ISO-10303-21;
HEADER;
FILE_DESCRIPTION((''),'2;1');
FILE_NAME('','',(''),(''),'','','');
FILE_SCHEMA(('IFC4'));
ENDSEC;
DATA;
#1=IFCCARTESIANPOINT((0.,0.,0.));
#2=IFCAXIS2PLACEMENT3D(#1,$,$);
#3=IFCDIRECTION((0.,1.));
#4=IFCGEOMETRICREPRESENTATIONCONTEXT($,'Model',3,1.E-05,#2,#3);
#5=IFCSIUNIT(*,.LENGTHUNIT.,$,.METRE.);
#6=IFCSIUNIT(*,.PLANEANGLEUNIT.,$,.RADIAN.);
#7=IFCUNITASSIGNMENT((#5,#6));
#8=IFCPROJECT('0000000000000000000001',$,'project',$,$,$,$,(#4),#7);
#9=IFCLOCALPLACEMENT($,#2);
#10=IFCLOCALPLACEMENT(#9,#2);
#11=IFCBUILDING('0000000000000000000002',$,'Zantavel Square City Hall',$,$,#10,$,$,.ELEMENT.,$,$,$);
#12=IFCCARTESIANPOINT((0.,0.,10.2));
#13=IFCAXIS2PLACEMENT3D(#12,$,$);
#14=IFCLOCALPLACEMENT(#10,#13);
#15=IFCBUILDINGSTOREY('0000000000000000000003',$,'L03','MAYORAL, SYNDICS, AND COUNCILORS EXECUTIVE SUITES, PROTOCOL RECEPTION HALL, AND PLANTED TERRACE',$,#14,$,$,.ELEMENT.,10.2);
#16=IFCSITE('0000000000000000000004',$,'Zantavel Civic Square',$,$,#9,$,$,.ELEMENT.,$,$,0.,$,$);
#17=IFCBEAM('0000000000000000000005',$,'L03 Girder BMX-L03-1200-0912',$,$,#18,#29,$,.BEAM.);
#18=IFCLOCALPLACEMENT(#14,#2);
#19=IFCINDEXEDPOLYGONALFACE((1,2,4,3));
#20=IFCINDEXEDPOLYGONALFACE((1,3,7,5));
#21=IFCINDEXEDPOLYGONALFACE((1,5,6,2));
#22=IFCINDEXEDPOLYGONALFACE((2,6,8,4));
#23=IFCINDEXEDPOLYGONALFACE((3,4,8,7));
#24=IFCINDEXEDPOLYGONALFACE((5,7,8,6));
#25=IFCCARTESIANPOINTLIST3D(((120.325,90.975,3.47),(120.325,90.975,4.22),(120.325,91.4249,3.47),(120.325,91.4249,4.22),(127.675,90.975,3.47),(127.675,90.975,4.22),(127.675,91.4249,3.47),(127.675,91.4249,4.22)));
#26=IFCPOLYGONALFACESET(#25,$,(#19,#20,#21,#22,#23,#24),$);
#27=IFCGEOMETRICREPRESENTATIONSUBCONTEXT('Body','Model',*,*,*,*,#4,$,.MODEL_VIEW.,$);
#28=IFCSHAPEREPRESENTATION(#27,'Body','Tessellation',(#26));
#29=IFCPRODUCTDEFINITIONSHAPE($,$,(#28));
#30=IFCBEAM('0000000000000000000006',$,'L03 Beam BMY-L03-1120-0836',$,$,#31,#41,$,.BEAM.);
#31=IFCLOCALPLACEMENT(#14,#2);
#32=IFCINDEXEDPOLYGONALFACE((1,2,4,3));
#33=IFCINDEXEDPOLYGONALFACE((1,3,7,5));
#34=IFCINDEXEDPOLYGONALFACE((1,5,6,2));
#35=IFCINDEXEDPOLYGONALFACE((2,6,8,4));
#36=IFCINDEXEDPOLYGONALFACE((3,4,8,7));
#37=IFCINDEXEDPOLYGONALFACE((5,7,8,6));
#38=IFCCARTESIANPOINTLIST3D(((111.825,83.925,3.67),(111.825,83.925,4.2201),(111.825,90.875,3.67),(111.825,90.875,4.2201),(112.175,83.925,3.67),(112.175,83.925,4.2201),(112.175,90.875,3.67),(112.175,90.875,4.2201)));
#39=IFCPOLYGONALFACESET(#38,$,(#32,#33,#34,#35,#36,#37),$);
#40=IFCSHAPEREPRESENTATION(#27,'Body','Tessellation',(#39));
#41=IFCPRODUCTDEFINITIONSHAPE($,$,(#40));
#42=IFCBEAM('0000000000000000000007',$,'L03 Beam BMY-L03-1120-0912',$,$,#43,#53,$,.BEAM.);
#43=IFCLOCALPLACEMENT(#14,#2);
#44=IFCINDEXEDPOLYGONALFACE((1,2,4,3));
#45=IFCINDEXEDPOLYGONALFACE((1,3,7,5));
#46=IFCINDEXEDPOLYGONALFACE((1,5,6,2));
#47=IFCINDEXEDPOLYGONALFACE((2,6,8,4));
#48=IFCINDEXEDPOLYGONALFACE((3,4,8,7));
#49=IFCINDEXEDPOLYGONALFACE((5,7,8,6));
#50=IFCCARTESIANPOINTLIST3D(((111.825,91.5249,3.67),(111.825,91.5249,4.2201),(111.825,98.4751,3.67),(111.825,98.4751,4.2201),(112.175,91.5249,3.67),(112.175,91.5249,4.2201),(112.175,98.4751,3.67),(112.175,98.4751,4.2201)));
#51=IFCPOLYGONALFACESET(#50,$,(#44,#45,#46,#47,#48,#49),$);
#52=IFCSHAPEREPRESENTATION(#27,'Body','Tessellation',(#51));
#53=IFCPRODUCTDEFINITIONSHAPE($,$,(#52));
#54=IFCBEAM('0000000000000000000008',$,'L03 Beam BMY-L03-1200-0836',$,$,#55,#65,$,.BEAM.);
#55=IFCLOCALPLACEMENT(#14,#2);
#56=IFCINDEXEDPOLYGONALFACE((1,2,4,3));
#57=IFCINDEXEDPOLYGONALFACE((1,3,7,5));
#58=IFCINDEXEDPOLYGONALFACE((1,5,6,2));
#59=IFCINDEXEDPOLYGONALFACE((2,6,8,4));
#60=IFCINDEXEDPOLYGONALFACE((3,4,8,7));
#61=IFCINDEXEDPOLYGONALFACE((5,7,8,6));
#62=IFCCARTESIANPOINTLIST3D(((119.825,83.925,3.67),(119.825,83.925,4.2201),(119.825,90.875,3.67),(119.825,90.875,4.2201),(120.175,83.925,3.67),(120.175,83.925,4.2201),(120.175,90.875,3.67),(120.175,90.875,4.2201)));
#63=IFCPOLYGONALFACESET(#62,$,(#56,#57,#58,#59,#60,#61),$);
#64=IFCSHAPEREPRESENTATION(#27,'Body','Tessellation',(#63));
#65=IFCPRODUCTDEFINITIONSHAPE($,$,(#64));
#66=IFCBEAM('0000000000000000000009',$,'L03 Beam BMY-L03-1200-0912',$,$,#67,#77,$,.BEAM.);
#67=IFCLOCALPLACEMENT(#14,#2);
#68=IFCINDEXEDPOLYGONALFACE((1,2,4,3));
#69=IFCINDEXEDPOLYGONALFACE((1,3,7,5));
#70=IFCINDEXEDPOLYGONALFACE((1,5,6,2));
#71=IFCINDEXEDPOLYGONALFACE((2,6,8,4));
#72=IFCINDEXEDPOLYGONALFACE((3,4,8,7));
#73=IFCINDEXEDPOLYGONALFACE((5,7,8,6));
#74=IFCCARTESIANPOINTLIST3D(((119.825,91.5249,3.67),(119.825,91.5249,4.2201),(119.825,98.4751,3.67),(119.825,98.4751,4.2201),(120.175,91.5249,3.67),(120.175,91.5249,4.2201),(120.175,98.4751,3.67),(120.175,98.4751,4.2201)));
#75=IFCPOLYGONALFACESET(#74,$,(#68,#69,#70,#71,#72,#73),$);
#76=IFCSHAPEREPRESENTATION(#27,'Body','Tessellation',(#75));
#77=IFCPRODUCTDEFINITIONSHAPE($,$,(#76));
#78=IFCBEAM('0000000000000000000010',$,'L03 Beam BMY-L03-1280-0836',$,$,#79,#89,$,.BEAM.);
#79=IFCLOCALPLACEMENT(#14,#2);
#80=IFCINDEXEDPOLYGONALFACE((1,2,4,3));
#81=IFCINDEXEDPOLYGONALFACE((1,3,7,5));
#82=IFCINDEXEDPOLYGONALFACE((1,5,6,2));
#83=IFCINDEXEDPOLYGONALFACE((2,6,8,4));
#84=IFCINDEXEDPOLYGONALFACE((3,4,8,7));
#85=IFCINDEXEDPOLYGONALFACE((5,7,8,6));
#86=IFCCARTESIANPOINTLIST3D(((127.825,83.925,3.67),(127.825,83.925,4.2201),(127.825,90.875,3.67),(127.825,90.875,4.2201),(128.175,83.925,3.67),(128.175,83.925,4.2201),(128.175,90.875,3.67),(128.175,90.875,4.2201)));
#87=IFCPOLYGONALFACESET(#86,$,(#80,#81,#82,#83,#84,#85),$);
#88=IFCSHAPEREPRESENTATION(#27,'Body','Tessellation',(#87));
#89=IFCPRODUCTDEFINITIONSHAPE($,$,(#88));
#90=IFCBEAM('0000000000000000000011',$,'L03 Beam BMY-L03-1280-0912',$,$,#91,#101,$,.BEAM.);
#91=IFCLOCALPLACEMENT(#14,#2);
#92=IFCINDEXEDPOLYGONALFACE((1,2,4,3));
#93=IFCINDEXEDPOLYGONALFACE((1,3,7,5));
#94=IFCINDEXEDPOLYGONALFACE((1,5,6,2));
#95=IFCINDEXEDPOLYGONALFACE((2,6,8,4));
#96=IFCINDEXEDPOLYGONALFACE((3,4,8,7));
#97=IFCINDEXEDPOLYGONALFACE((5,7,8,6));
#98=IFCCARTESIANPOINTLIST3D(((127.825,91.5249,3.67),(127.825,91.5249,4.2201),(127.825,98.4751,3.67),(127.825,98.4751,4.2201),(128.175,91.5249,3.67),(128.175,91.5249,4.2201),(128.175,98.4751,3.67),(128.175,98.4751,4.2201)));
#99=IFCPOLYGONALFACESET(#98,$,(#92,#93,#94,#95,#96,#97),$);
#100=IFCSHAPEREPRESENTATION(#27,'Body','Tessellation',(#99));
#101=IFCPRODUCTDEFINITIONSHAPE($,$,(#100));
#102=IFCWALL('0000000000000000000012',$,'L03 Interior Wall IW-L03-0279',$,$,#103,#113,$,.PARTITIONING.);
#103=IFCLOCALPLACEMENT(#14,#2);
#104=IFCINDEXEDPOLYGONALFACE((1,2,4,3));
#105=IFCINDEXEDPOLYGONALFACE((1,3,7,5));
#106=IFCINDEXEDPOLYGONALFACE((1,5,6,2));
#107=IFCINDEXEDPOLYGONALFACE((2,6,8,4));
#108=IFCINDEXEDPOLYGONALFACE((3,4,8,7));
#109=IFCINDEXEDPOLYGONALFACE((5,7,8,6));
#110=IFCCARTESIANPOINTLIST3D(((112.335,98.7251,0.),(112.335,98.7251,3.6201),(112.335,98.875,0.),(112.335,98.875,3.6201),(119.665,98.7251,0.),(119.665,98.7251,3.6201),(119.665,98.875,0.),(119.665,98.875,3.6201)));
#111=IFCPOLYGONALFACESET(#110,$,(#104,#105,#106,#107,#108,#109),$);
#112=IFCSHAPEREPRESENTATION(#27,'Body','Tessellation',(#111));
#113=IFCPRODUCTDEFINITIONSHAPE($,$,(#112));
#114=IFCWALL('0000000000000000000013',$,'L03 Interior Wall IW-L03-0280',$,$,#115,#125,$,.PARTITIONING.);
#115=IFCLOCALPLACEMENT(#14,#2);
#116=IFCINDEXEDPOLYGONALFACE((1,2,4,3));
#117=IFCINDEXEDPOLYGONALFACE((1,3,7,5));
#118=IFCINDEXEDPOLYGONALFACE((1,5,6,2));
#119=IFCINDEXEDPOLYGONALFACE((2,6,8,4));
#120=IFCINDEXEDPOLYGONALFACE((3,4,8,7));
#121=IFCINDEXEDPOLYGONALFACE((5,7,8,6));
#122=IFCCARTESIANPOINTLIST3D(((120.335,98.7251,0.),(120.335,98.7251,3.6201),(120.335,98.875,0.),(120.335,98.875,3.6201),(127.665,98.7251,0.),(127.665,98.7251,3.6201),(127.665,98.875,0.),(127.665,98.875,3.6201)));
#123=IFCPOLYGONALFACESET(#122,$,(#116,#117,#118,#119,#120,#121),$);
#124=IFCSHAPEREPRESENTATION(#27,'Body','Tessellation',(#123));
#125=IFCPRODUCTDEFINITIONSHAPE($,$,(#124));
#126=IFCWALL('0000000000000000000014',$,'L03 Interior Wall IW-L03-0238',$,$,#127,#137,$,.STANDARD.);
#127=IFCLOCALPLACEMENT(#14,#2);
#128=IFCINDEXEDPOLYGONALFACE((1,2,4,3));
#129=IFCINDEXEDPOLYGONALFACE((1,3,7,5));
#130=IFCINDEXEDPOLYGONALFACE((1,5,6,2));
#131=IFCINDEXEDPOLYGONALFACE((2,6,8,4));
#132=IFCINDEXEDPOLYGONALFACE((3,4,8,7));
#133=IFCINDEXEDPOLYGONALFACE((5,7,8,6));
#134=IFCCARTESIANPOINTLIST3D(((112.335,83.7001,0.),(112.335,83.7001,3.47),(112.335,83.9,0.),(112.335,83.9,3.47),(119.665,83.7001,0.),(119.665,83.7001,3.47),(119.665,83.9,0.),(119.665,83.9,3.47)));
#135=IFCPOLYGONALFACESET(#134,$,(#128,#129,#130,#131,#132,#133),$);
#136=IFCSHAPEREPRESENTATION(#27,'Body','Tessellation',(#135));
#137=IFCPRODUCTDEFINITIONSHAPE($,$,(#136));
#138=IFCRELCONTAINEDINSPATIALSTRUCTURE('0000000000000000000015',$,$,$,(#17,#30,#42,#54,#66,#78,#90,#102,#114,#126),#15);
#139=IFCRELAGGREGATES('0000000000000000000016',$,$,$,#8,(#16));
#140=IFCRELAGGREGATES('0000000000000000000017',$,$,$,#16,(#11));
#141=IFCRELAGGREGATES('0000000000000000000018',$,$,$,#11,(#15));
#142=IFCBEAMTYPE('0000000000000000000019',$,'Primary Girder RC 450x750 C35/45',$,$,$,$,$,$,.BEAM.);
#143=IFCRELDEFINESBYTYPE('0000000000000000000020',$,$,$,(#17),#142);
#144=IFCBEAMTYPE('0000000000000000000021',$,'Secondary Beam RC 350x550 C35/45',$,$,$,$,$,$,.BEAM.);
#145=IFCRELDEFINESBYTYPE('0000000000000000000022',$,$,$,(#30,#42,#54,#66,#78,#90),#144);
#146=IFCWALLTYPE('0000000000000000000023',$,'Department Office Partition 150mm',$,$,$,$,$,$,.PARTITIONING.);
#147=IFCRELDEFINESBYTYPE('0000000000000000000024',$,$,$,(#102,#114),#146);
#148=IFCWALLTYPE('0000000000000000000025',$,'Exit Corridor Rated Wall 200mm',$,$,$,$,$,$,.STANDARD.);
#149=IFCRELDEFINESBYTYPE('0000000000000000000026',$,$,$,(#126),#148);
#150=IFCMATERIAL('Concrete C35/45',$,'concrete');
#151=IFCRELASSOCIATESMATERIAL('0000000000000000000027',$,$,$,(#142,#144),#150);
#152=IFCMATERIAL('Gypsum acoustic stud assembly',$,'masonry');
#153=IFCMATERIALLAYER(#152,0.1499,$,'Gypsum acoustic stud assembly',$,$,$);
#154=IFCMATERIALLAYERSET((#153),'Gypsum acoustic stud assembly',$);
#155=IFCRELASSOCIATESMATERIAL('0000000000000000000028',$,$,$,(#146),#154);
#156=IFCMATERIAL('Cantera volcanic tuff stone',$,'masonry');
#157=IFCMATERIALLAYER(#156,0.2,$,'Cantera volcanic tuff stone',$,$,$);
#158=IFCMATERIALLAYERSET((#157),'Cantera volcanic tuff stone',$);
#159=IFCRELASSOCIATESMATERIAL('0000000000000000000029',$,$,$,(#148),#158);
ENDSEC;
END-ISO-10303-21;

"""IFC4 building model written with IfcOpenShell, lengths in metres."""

from ifc_helpers import new_model, si_unit, direction, frame, frame_2d, origin, origin_2d, place, context, subcontext, project, spatial, rectangle, extrude, material, layer, layer_set, material_profile, profile_set, type_object, element, save


model = new_model("IFC4")

# Units and contexts
model_context = context("Model", 3, precision=1e-05, world=origin(), true_north=direction((0.0, 1.0)))
body_context = subcontext(model_context, "Body", "Model", "MODEL_VIEW")
ifc_project = project(units=[si_unit("LENGTHUNIT", "METRE"), si_unit("PLANEANGLEUNIT", "RADIAN")], contexts=[model_context])

# Site, building, storey
site_placement = place(None, origin())
site = spatial("IfcSite", under=ifc_project, at=site_placement, Name="Zantavel Civic Square", CompositionType="ELEMENT", RefElevation=0.0)
building_placement = place(site_placement, origin())
building = spatial("IfcBuilding", under=site, at=building_placement, Name="Zantavel Square City Hall", CompositionType="ELEMENT")
storey_placement = place(building_placement, frame((0.0, 0.0, 10.2)))
storey = spatial("IfcBuildingStorey", under=building, at=storey_placement, Name="L03", Description="MAYORAL, SYNDICS, AND COUNCILORS EXECUTIVE SUITES, PROTOCOL RECEPTION HALL, AND PLANTED TERRACE", CompositionType="ELEMENT", Elevation=10.2)

# Beams
ifc_material_1 = material(Name="Concrete C35/45", Category="concrete")
ifc_material_profile_1 = material_profile(ifc_material_1, rectangle(XDim=0.45, YDim=0.75, at=origin_2d()), Name="RC 450x750")
ifc_profile_set_1 = profile_set([ifc_material_profile_1], Name="Concrete C35/45")
beam_type_1 = type_object("IfcBeamType", Name="Primary Girder RC 450x750 C35/45", PredefinedType="BEAM", material=ifc_profile_set_1)
for number, where, z_axis, x_axis, name in (
    (1, (120.325, 91.2, 3.845), (1.0, 0.0, 0.0), (0.0, 1.0, 0.0), "L03 Girder BMX-L03-1200-0912"),
):
    element("IfcBeam", number, at=place(storey_placement, frame(where, z_axis=z_axis, x_axis=x_axis)), inside=storey, type_object=beam_type_1, Name=name, PredefinedType="BEAM", context=body_context, shape_type="SweptSolid", body=[
        extrude(rectangle(XDim=0.45, YDim=0.75, at=origin_2d()), origin(), (0.0, 0.0, 1.0), 7.3501),
    ])
ifc_material_profile_2 = material_profile(ifc_material_1, rectangle(XDim=0.3501, YDim=0.55, at=origin_2d()), Name="RC 350x550")
ifc_profile_set_2 = profile_set([ifc_material_profile_2], Name="Concrete C35/45")
beam_type_2 = type_object("IfcBeamType", Name="Secondary Beam RC 350x550 C35/45", PredefinedType="BEAM", material=ifc_profile_set_2)
beam_1_placement = place(storey_placement, frame((112.0, 83.925, 3.9451), z_axis=(0.0, 1.0, 0.0), x_axis=(-1.0, 0.0, 0.0)))
element("IfcBeam", 2, at=beam_1_placement, inside=storey, type_object=beam_type_2, Name="L03 Beam BMY-L03-1120-0836", PredefinedType="BEAM", context=body_context, shape_type="SweptSolid", body=[
    extrude(rectangle(XDim=0.3501, YDim=0.55, at=origin_2d()), origin(), (0.0, 0.0, 1.0), 6.95),
])
beam_2_placement = place(storey_placement, frame((112.0, 91.5249, 3.9451), z_axis=(0.0, 1.0, 0.0), x_axis=(-1.0, 0.0, 0.0)))
element("IfcBeam", 3, at=beam_2_placement, inside=storey, type_object=beam_type_2, Name="L03 Beam BMY-L03-1120-0912", PredefinedType="BEAM", context=body_context, shape_type="SweptSolid", body=[
    extrude(rectangle(XDim=0.3501, YDim=0.55, at=origin_2d()), origin(), (0.0, 0.0, 1.0), 6.9502),
])
beam_3_placement = place(storey_placement, frame((120.0, 83.925, 3.9451), z_axis=(0.0, 1.0, 0.0), x_axis=(-1.0, 0.0, 0.0)))
element("IfcBeam", 4, at=beam_3_placement, inside=storey, type_object=beam_type_2, Name="L03 Beam BMY-L03-1200-0836", PredefinedType="BEAM", context=body_context, shape_type="SweptSolid", body=[
    extrude(rectangle(XDim=0.3501, YDim=0.55, at=origin_2d()), origin(), (0.0, 0.0, 1.0), 6.95),
])
beam_4_placement = place(storey_placement, frame((120.0, 91.5249, 3.9451), z_axis=(0.0, 1.0, 0.0), x_axis=(-1.0, 0.0, 0.0)))
element("IfcBeam", 5, at=beam_4_placement, inside=storey, type_object=beam_type_2, Name="L03 Beam BMY-L03-1200-0912", PredefinedType="BEAM", context=body_context, shape_type="SweptSolid", body=[
    extrude(rectangle(XDim=0.3501, YDim=0.55, at=origin_2d()), origin(), (0.0, 0.0, 1.0), 6.9502),
])
beam_5_placement = place(storey_placement, frame((128.0, 83.925, 3.9451), z_axis=(0.0, 1.0, 0.0), x_axis=(-1.0, 0.0, 0.0)))
element("IfcBeam", 6, at=beam_5_placement, inside=storey, type_object=beam_type_2, Name="L03 Beam BMY-L03-1280-0836", PredefinedType="BEAM", context=body_context, shape_type="SweptSolid", body=[
    extrude(rectangle(XDim=0.3501, YDim=0.55, at=origin_2d()), origin(), (0.0, 0.0, 1.0), 6.95),
])
beam_6_placement = place(storey_placement, frame((128.0, 91.5249, 3.9451), z_axis=(0.0, 1.0, 0.0), x_axis=(-1.0, 0.0, 0.0)))
element("IfcBeam", 7, at=beam_6_placement, inside=storey, type_object=beam_type_2, Name="L03 Beam BMY-L03-1280-0912", PredefinedType="BEAM", context=body_context, shape_type="SweptSolid", body=[
    extrude(rectangle(XDim=0.3501, YDim=0.55, at=origin_2d()), origin(), (0.0, 0.0, 1.0), 6.9502),
])

# Walls
ifc_material_2 = material(Name="Gypsum acoustic stud assembly", Category="masonry")
ifc_layer_1 = layer(ifc_material_2, 0.1499, Name="Gypsum acoustic stud assembly")
ifc_layer_set_1 = layer_set([ifc_layer_1], Name="Gypsum acoustic stud assembly")
wall_type_1 = type_object("IfcWallType", Name="Department Office Partition 150mm", PredefinedType="PARTITIONING", material=ifc_layer_set_1)
for number, where, z_axis, x_axis, name in (
    (8, (112.335, 98.8, 0.0), (0.0, 0.0, 1.0), (1.0, 0.0, 0.0), "L03 Interior Wall IW-L03-0279"),
    (9, (120.335, 98.8, 0.0), (0.0, 0.0, 1.0), (1.0, 0.0, 0.0), "L03 Interior Wall IW-L03-0280"),
):
    element("IfcWall", number, at=place(storey_placement, frame(where, z_axis=z_axis, x_axis=x_axis)), inside=storey, type_object=wall_type_1, Name=name, PredefinedType="PARTITIONING", context=body_context, shape_type="SweptSolid", body=[
        extrude(rectangle(XDim=7.3301, YDim=0.1499, at=frame_2d((3.665, 0.0))), origin(), (0.0, 0.0, 1.0), 3.6201),
    ])
ifc_material_3 = material(Name="Cantera volcanic tuff stone", Category="masonry")
ifc_layer_2 = layer(ifc_material_3, 0.2, Name="Cantera volcanic tuff stone")
ifc_layer_set_2 = layer_set([ifc_layer_2], Name="Cantera volcanic tuff stone")
wall_type_2 = type_object("IfcWallType", Name="Exit Corridor Rated Wall 200mm", PredefinedType="STANDARD", material=ifc_layer_set_2)
wall_placement = place(storey_placement, frame((112.335, 83.8, 0.0), z_axis=(0.0, 0.0, 1.0), x_axis=(1.0, 0.0, 0.0)))
element("IfcWall", 10, at=wall_placement, inside=storey, type_object=wall_type_2, Name="L03 Interior Wall IW-L03-0238", PredefinedType="STANDARD", context=body_context, shape_type="SweptSolid", body=[
    extrude(rectangle(XDim=7.3301, YDim=0.2, at=frame_2d((3.665, 0.0))), origin(), (0.0, 0.0, 1.0), 3.47),
])

save(model, "model.ifc")
